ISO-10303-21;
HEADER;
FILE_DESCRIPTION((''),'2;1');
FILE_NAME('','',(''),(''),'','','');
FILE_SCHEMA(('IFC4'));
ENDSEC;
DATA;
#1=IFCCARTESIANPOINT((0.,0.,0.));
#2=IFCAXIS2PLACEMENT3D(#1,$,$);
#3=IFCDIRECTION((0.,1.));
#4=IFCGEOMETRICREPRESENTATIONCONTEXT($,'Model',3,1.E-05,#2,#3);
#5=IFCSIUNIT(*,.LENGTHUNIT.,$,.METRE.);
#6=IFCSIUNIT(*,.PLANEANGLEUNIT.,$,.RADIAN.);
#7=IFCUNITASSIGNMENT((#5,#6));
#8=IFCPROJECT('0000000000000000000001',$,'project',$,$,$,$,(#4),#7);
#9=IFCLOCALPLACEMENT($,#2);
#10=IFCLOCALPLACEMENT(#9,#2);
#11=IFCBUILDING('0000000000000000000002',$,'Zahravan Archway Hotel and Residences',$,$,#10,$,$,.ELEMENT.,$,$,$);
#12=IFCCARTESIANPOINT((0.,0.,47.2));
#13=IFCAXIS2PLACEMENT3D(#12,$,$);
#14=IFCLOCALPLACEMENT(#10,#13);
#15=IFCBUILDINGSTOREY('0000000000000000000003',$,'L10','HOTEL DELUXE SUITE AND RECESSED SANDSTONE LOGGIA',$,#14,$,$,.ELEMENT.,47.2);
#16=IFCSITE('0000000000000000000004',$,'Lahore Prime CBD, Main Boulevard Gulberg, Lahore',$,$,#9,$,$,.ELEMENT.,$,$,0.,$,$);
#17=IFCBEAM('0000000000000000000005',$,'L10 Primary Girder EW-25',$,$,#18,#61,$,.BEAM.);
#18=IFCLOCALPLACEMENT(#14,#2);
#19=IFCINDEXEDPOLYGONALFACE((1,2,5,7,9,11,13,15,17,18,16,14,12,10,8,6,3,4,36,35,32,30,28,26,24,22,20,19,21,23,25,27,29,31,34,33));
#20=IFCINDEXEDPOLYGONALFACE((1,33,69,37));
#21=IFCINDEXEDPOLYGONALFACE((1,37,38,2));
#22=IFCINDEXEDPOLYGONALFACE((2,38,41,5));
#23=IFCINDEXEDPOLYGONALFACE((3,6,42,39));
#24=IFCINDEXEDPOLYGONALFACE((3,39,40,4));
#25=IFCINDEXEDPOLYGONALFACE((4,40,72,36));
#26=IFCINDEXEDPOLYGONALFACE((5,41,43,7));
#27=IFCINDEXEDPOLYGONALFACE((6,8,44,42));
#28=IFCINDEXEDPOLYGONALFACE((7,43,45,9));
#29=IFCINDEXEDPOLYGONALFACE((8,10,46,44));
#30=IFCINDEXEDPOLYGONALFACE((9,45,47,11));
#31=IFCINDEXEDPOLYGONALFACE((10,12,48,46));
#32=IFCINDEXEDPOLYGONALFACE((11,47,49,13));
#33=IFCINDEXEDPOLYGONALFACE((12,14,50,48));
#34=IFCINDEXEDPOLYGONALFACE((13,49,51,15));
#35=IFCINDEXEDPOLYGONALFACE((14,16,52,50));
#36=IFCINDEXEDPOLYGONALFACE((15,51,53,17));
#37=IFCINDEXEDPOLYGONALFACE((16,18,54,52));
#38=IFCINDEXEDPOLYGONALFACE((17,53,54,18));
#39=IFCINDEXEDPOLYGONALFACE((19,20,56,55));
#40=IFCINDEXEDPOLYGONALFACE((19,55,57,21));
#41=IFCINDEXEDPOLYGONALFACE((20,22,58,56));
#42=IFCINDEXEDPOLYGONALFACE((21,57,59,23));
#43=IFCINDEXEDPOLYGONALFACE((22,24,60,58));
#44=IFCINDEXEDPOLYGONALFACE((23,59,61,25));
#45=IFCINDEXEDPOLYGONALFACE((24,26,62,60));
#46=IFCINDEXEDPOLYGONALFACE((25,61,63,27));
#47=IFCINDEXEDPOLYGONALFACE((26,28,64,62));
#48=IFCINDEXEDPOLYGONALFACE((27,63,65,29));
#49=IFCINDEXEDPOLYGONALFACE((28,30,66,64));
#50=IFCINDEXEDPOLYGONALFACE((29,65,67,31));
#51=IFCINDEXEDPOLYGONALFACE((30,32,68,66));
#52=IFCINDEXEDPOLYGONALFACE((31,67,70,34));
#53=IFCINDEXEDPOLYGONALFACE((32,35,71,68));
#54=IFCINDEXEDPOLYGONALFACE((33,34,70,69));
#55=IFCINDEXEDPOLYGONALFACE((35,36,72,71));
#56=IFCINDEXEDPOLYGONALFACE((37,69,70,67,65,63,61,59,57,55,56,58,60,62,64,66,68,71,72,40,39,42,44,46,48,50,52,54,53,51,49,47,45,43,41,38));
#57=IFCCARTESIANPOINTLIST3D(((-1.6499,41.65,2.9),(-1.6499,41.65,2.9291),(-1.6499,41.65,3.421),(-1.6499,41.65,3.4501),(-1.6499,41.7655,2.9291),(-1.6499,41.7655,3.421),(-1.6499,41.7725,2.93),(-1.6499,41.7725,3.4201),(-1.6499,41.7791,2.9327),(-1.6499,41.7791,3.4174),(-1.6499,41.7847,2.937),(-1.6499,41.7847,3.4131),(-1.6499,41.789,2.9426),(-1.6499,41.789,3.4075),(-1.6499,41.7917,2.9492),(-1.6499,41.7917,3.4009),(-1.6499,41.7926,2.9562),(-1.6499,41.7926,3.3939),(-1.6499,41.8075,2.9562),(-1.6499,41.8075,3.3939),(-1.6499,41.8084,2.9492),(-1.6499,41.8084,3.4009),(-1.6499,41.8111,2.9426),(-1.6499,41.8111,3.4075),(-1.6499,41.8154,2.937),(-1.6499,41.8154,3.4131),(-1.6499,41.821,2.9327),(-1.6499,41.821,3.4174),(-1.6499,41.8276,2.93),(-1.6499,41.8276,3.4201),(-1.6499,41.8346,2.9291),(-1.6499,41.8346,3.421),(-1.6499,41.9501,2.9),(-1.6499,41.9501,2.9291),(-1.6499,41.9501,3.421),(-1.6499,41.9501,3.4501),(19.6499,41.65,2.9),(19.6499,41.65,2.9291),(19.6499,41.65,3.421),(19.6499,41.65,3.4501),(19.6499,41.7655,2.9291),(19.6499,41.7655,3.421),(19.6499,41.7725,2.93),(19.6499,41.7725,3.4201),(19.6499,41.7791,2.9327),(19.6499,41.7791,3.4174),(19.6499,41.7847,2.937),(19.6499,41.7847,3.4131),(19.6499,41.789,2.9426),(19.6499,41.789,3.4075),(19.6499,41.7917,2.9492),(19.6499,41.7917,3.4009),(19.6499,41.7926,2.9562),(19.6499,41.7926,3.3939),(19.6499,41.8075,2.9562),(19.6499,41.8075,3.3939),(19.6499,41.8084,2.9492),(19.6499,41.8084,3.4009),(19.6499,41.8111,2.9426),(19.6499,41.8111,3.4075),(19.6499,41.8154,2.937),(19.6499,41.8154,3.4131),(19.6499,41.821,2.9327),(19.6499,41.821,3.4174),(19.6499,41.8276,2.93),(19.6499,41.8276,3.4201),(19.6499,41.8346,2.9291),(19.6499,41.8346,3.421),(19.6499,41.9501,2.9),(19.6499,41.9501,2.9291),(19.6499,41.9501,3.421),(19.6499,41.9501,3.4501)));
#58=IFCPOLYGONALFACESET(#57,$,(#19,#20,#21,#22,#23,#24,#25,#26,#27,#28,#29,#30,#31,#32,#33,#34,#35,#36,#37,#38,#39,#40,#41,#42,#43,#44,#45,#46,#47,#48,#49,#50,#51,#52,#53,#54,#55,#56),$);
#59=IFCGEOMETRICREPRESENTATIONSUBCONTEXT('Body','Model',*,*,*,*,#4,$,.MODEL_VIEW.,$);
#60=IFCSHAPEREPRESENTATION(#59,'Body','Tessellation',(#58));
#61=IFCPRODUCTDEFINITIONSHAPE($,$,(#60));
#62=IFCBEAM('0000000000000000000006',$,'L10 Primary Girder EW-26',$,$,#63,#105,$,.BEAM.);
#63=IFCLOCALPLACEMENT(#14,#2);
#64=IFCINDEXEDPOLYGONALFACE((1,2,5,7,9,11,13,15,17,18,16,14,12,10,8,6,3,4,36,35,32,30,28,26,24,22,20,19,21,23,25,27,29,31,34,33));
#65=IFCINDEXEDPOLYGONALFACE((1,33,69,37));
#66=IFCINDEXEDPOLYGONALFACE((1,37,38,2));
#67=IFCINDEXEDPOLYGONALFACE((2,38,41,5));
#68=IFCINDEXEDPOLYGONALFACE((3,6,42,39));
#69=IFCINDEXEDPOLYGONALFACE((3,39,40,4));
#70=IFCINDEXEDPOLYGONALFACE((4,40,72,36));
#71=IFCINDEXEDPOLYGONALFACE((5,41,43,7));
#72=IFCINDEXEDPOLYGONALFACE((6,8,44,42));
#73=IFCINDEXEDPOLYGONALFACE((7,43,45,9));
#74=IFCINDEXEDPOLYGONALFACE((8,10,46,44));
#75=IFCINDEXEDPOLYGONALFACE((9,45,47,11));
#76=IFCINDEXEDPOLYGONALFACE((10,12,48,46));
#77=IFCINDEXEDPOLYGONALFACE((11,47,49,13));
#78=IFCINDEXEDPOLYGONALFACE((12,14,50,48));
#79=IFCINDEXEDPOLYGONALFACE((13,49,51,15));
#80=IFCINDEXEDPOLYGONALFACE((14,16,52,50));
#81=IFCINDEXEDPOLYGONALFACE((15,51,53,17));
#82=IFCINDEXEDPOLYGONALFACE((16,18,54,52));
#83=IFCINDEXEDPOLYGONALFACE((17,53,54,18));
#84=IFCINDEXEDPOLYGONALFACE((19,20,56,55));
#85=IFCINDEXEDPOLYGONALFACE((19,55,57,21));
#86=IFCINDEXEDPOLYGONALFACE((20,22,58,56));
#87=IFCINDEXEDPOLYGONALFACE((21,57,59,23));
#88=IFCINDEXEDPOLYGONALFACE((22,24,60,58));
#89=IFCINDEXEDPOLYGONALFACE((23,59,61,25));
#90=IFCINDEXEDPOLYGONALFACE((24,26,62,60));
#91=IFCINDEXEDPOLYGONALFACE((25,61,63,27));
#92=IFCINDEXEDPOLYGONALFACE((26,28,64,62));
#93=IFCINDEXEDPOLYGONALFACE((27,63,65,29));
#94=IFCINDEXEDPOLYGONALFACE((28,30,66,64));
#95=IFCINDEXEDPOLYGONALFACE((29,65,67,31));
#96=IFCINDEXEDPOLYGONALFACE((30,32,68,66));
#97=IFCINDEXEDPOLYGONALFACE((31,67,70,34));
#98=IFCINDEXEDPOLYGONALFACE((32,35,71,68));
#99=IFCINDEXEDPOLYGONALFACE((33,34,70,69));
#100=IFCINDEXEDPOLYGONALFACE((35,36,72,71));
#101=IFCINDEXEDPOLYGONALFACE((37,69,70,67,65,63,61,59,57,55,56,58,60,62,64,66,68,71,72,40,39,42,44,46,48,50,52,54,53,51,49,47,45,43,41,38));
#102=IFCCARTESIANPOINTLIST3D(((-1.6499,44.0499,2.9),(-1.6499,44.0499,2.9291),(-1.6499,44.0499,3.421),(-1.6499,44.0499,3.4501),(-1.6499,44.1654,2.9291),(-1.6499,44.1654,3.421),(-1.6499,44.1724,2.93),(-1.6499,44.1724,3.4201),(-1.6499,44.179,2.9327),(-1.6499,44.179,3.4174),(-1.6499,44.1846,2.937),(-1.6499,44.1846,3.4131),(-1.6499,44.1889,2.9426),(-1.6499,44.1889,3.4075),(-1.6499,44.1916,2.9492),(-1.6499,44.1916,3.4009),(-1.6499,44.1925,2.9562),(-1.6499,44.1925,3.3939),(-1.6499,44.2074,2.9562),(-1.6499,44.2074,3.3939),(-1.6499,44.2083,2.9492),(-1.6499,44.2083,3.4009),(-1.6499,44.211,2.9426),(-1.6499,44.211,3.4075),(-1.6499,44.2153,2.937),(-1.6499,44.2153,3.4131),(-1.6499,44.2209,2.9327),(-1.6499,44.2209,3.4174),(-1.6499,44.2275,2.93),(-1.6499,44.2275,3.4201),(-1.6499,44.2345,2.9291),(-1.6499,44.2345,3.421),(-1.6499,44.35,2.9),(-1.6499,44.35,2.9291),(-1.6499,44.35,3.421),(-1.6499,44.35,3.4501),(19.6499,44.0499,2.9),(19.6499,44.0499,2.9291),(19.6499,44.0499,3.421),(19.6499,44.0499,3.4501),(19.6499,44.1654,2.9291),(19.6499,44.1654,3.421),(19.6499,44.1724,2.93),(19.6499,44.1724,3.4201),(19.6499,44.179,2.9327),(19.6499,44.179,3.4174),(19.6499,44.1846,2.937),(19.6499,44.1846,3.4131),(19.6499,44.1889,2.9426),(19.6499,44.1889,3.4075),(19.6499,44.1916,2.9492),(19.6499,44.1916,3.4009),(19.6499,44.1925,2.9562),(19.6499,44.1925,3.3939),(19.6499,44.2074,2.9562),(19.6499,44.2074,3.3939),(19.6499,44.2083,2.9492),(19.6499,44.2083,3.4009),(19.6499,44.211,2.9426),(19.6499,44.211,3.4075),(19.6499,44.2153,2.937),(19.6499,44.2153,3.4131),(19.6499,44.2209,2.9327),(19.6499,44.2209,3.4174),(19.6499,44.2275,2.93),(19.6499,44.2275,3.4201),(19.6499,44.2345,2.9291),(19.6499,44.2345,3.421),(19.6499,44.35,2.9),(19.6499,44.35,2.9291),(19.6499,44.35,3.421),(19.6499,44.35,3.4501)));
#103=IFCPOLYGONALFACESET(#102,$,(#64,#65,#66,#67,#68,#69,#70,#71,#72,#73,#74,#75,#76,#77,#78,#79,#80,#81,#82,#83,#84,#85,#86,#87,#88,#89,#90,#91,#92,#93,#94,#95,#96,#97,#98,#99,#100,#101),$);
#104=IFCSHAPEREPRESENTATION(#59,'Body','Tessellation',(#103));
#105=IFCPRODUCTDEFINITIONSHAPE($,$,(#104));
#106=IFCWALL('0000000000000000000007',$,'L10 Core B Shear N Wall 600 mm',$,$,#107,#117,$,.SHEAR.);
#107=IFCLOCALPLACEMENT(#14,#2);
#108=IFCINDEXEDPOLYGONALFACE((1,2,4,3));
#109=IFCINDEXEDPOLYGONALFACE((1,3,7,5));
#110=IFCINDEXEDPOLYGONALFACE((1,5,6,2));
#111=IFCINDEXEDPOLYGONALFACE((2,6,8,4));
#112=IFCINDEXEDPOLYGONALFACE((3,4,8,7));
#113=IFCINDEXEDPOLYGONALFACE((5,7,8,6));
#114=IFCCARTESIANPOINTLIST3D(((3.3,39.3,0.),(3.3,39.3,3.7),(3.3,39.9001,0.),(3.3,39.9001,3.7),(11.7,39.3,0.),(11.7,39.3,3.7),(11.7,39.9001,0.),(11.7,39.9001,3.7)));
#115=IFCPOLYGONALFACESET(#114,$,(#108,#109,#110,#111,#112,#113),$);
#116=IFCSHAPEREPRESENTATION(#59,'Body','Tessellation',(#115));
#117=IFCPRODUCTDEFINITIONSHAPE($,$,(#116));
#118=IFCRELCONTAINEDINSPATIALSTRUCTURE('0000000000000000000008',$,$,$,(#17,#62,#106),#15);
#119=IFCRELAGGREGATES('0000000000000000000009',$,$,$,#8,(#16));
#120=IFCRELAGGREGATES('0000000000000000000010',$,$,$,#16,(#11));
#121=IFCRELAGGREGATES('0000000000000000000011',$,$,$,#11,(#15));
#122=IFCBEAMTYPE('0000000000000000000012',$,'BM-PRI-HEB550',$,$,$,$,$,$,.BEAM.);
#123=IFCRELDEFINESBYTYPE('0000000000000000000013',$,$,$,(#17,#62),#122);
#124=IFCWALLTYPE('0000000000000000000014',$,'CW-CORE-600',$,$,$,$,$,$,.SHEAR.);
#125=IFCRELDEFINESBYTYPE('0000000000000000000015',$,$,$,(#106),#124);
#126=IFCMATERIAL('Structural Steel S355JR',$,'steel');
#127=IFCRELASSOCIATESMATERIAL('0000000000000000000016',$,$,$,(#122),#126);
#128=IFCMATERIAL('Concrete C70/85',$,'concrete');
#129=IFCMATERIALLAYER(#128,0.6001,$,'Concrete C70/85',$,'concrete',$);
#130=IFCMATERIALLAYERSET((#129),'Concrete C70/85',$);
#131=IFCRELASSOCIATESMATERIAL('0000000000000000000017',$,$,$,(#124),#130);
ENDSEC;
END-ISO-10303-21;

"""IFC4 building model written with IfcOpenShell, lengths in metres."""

from ifc_helpers import new_model, si_unit, direction, frame, frame_2d, origin, origin_2d, place, context, subcontext, project, spatial, rectangle, i_section, extrude, source, transform, mapped, material, layer, layer_set, material_profile, profile_set, type_object, element, save


model = new_model("IFC4")

# Units and contexts
model_context = context("Model", 3, precision=1e-05, world=origin(), true_north=direction((0.0, 1.0)))
body_context = subcontext(model_context, "Body", "Model", "MODEL_VIEW")
ifc_project = project(units=[si_unit("LENGTHUNIT", "METRE"), si_unit("PLANEANGLEUNIT", "RADIAN")], contexts=[model_context])

# Site, building, storey
site_placement = place(None, origin())
site = spatial("IfcSite", under=ifc_project, at=site_placement, Name="Lahore Prime CBD, Main Boulevard Gulberg, Lahore", CompositionType="ELEMENT", RefElevation=0.0)
building_placement = place(site_placement, origin())
building = spatial("IfcBuilding", under=site, at=building_placement, Name="Zahravan Archway Hotel and Residences", CompositionType="ELEMENT")
storey_placement = place(building_placement, frame((0.0, 0.0, 47.2)))
storey = spatial("IfcBuildingStorey", under=building, at=storey_placement, Name="L10", Description="HOTEL DELUXE SUITE AND RECESSED SANDSTONE LOGGIA", CompositionType="ELEMENT", Elevation=47.2)

# Shared definitions
ifc_material_1 = material(Name="Concrete C70/85", Category="concrete")

# Beams
ifc_material_2 = material(Name="Structural Steel S355JR", Category="steel")
ifc_material_profile_1 = material_profile(ifc_material_2, i_section(OverallWidth=0.3, OverallDepth=0.55, WebThickness=0.0149, FlangeThickness=0.0291, FilletRadius=0.0271, at=origin_2d()), Name="HEB 550", Category="steel")
ifc_profile_set_1 = profile_set([ifc_material_profile_1], Name="Structural Steel S355JR")
beam_type_1 = type_object("IfcBeamType", Name="BM-PRI-HEB550", PredefinedType="BEAM", material=ifc_profile_set_1)
shared_shape_1 = source(origin(), body_context, "Body", "SweptSolid", [
    extrude(i_section(OverallWidth=0.3, OverallDepth=0.55, WebThickness=0.0149, FlangeThickness=0.0291, FilletRadius=0.0271, at=origin_2d()), origin(), (0.0, 0.0, 1.0), 21.2998),
])
for number, where, z_axis, x_axis, name in (
    (1, (-1.6499, 41.8, 3.175), (1.0, 0.0, 0.0), (0.0, 1.0, 0.0), "L10 Primary Girder EW-25"),
    (2, (-1.6499, 44.2, 3.175), (1.0, 0.0, 0.0), (0.0, 1.0, 0.0), "L10 Primary Girder EW-26"),
):
    element("IfcBeam", number, at=place(storey_placement, frame(where, z_axis=z_axis, x_axis=x_axis)), inside=storey, type_object=beam_type_1, Name=name, PredefinedType="BEAM", context=body_context, shape_type="MappedRepresentation", body=[
        mapped(shared_shape_1, transform((0.0, 0.0, 0.0), scale=1.0)),
    ])

# Wall
ifc_layer_1 = layer(ifc_material_1, 0.6001, Name="Concrete C70/85", Category="concrete")
ifc_layer_set_1 = layer_set([ifc_layer_1], Name="Concrete C70/85")
wall_type_1 = type_object("IfcWallType", Name="CW-CORE-600", PredefinedType="SHEAR", material=ifc_layer_set_1)
wall_1_placement = place(storey_placement, frame((3.3, 39.6001, 0.0), z_axis=(0.0, 0.0, 1.0), x_axis=(1.0, 0.0, 0.0)))
element("IfcWall", 3, at=wall_1_placement, inside=storey, type_object=wall_type_1, Name="L10 Core B Shear N Wall 600 mm", PredefinedType="SHEAR", context=body_context, shape_type="SweptSolid", body=[
    extrude(rectangle(XDim=8.3999, YDim=0.6001, at=frame_2d((4.2, 0.0))), origin(), (0.0, 0.0, 1.0), 3.7),
])

save(model, "model.ifc")
